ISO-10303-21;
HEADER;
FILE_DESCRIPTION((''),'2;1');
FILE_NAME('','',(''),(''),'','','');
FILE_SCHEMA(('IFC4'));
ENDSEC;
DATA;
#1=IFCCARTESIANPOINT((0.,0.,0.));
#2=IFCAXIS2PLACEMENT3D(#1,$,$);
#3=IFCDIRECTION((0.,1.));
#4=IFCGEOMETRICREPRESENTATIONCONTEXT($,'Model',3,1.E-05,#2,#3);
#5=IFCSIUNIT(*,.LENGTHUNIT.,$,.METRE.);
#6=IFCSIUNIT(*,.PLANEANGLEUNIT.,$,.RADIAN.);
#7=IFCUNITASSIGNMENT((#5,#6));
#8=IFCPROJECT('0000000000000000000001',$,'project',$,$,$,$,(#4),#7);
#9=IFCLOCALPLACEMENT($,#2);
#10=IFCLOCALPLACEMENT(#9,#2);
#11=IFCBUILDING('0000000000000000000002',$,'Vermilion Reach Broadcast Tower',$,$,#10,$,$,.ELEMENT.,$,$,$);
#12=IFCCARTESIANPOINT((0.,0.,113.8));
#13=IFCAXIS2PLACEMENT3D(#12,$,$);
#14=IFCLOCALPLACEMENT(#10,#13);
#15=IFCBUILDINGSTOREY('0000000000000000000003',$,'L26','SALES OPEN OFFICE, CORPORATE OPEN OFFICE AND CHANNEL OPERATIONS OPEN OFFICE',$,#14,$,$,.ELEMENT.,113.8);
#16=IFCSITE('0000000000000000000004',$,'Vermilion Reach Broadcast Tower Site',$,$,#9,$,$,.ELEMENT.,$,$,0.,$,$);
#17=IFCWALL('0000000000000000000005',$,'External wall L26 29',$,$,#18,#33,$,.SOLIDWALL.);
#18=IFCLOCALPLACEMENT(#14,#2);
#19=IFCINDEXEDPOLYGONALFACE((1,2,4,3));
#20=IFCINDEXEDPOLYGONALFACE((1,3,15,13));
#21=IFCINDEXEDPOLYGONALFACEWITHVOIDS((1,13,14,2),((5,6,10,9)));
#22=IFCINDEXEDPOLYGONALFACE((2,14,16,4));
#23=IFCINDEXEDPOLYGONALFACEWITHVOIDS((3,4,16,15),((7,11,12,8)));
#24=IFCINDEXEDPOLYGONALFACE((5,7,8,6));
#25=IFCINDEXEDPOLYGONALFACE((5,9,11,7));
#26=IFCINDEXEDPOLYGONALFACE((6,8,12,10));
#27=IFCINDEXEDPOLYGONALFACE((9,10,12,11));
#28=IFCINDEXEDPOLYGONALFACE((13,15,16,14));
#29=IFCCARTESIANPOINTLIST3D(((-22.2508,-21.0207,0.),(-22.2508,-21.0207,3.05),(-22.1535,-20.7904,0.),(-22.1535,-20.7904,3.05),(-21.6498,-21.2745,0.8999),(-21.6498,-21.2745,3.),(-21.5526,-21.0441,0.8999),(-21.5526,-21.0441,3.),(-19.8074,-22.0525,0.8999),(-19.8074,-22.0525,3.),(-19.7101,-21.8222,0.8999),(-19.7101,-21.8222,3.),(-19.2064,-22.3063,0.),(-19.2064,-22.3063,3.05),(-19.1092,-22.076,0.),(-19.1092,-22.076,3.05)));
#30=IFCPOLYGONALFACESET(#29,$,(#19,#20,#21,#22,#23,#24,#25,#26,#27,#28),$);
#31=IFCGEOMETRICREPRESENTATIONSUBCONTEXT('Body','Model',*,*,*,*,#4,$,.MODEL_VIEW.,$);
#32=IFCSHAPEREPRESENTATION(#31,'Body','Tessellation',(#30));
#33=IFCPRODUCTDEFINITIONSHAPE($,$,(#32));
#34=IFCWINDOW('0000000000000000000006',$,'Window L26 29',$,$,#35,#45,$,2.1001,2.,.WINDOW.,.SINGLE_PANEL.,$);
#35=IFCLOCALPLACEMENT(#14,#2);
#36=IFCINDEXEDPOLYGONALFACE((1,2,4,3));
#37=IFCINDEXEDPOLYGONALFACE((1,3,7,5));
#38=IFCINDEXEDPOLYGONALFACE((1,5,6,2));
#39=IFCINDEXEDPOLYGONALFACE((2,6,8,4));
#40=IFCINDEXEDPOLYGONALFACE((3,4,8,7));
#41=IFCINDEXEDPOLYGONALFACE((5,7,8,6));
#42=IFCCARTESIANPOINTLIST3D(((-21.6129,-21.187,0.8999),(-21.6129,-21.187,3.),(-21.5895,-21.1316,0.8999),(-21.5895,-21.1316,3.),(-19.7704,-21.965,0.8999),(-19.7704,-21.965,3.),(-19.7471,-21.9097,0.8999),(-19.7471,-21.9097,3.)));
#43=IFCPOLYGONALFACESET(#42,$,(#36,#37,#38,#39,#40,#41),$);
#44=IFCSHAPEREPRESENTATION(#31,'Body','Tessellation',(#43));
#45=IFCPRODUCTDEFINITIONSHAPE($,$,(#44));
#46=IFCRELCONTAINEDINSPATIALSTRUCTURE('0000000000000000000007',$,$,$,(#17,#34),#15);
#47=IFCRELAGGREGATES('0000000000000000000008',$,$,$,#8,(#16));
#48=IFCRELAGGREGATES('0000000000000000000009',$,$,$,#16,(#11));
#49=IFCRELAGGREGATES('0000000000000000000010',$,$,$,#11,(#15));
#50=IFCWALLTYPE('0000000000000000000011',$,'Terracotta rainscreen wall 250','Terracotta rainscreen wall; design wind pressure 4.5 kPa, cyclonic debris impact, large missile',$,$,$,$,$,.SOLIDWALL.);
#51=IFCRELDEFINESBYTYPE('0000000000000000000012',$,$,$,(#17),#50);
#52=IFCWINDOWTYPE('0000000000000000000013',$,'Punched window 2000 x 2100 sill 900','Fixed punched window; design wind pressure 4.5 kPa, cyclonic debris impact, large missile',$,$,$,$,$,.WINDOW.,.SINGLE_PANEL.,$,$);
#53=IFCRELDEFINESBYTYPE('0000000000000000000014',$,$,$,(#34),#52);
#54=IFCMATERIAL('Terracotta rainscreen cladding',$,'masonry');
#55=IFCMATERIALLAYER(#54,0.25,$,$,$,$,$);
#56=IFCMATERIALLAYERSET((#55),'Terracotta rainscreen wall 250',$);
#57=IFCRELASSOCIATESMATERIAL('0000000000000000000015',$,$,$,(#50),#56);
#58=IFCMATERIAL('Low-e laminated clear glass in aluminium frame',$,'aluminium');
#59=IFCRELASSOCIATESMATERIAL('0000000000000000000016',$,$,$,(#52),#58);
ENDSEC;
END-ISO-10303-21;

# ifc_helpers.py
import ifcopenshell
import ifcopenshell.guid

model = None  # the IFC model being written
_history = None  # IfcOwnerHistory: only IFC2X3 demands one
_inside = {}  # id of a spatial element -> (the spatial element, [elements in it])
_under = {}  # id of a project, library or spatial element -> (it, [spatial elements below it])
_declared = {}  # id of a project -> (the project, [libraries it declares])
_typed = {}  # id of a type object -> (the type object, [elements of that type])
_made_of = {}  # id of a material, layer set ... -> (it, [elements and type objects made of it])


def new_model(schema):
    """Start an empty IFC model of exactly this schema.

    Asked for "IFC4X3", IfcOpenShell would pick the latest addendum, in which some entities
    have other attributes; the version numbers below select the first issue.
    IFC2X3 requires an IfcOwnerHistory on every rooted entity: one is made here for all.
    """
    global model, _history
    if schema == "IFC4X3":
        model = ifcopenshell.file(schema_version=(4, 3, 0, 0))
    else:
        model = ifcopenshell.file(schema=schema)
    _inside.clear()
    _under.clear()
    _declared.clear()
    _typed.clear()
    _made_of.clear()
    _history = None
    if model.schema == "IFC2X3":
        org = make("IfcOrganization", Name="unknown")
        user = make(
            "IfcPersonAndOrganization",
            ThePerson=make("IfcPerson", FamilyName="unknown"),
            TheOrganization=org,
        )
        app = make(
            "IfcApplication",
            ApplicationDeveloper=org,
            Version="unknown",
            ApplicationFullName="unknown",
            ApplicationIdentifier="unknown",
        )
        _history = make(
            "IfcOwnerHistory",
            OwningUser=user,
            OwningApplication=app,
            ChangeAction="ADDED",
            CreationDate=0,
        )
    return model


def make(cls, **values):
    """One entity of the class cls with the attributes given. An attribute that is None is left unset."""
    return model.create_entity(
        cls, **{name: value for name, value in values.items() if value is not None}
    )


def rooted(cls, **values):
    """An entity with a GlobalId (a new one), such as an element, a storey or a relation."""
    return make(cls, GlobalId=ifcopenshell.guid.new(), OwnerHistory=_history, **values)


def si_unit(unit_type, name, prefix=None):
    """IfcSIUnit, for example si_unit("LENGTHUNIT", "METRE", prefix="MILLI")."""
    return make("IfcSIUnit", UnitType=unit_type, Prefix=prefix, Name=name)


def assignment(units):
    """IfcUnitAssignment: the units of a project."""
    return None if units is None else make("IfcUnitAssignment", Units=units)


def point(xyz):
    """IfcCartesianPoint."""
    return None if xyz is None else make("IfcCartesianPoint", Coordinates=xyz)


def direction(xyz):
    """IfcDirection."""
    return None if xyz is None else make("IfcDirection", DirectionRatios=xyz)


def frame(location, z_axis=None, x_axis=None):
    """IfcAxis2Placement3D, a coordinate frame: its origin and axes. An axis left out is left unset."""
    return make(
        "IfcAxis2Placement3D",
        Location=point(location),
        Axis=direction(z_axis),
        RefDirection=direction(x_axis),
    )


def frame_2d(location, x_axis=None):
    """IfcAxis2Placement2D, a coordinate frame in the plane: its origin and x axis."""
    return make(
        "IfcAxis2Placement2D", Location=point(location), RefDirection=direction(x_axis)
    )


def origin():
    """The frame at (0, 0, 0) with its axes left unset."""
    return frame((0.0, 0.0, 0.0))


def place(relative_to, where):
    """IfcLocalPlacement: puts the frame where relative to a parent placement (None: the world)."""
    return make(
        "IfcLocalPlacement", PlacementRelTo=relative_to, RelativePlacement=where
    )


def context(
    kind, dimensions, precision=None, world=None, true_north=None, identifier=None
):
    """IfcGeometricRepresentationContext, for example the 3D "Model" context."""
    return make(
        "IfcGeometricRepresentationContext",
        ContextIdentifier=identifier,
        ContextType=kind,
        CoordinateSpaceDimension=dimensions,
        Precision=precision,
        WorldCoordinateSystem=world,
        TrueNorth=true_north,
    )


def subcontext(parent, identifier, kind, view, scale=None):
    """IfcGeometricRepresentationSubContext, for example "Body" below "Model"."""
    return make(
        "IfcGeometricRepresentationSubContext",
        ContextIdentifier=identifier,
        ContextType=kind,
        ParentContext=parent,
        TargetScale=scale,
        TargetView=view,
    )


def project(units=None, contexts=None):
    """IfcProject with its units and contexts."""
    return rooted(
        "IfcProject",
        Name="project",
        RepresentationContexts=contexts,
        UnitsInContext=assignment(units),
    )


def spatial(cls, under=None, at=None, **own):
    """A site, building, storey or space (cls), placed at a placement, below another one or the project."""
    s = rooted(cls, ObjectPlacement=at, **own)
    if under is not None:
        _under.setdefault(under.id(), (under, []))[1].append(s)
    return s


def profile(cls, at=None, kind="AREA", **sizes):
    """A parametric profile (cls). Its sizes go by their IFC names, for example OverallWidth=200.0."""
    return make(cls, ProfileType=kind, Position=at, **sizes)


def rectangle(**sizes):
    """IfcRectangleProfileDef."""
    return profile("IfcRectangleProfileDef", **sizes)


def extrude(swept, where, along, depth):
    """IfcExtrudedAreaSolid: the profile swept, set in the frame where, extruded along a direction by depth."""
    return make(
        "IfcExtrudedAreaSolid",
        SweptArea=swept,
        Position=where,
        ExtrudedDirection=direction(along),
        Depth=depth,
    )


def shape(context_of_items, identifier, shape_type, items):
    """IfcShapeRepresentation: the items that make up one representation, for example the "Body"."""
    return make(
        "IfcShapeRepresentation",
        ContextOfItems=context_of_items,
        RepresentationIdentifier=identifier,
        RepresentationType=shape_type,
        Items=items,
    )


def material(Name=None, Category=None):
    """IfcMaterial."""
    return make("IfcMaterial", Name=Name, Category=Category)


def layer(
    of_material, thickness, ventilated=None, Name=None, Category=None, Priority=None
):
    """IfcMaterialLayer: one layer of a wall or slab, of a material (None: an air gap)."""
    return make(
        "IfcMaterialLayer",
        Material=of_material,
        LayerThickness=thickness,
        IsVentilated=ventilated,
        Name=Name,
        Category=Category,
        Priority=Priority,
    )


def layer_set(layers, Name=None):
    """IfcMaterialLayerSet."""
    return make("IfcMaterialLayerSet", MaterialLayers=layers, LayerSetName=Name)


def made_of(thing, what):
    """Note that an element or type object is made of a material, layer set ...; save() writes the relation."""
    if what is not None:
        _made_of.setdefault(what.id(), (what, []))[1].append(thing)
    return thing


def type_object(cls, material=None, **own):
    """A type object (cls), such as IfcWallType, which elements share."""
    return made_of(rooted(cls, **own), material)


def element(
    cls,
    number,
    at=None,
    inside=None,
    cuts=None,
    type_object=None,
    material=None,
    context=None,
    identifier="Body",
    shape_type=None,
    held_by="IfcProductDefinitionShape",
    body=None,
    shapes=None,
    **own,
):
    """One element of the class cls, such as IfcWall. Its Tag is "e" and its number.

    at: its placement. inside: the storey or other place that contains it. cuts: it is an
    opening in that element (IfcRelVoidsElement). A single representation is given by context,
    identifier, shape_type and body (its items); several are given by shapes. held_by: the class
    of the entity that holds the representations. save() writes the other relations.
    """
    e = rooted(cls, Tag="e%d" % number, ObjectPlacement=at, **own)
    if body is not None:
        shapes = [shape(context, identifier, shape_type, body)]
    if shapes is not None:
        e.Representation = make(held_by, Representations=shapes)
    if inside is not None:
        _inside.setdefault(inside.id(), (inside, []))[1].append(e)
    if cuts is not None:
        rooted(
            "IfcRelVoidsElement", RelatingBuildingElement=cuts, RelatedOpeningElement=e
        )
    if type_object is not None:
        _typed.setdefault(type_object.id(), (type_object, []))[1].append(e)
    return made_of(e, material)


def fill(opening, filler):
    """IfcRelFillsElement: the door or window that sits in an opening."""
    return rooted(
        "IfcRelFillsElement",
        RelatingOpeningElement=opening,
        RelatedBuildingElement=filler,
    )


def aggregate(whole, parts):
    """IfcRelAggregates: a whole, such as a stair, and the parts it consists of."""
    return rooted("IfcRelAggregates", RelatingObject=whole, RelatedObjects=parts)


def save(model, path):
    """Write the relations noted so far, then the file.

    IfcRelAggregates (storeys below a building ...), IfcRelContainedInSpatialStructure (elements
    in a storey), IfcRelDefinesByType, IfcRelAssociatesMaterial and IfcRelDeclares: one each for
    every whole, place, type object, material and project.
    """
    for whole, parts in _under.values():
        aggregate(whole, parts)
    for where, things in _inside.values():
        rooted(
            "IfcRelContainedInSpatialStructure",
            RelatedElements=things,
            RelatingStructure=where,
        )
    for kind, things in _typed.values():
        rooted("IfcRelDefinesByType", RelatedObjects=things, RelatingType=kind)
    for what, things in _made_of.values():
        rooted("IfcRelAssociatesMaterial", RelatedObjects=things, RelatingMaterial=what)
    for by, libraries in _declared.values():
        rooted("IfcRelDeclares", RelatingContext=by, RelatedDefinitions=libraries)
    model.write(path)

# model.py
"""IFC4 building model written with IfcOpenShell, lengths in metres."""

from ifc_helpers import new_model, si_unit, direction, frame, frame_2d, origin, place, context, subcontext, project, spatial, rectangle, extrude, material, layer, layer_set, type_object, element, fill, save


model = new_model("IFC4")

# Units and contexts
model_context = context("Model", 3, precision=1e-05, world=origin(), true_north=direction((0.0, 1.0)))
body_context = subcontext(model_context, "Body", "Model", "MODEL_VIEW")
ifc_project = project(units=[si_unit("LENGTHUNIT", "METRE"), si_unit("PLANEANGLEUNIT", "RADIAN")], contexts=[model_context])

# Site, building, storey
site_placement = place(None, origin())
site = spatial("IfcSite", under=ifc_project, at=site_placement, Name="Vermilion Reach Broadcast Tower Site", CompositionType="ELEMENT", RefElevation=0.0)
building_placement = place(site_placement, origin())
building = spatial("IfcBuilding", under=site, at=building_placement, Name="Vermilion Reach Broadcast Tower", CompositionType="ELEMENT")
storey_placement = place(building_placement, frame((0.0, 0.0, 113.8)))
storey = spatial("IfcBuildingStorey", under=building, at=storey_placement, Name="L26", Description="SALES OPEN OFFICE, CORPORATE OPEN OFFICE AND CHANNEL OPERATIONS OPEN OFFICE", CompositionType="ELEMENT", Elevation=113.8)

# Shared definitions
ifc_material_1 = material(Name="Terracotta rainscreen cladding", Category="masonry")
ifc_layer_1 = layer(ifc_material_1, 0.25)
ifc_layer_set_1 = layer_set([ifc_layer_1], Name="Terracotta rainscreen wall 250")
wall_type = type_object("IfcWallType", Name="Terracotta rainscreen wall 250", Description="Terracotta rainscreen wall; design wind pressure 4.5 kPa, cyclonic debris impact, large missile", PredefinedType="SOLIDWALL", material=ifc_layer_set_1)

# Wall, opening, window
ifc_material_2 = material(Name="Low-e laminated clear glass in aluminium frame", Category="aluminium")
window_type = type_object("IfcWindowType", Name="Punched window 2000 x 2100 sill 900", Description="Fixed punched window; design wind pressure 4.5 kPa, cyclonic debris impact, large missile", PartitioningType="SINGLE_PANEL", PredefinedType="WINDOW", material=ifc_material_2)
wall_1_placement = place(storey_placement, frame((-22.2021, -20.9055, 0.0), z_axis=(0.0, 0.0, 1.0), x_axis=(0.921226, -0.389028, 0.0)))
wall_1 = element("IfcWall", 1, at=wall_1_placement, inside=storey, type_object=wall_type, Name="External wall L26 29", PredefinedType="SOLIDWALL", context=body_context, shape_type="SweptSolid", body=[
    extrude(rectangle(XDim=3.3047, YDim=0.25, at=frame_2d((1.6523, 0.0))), origin(), (0.0, 0.0, 1.0), 3.05),
])
opening_1_placement = place(wall_1_placement, frame((0.6523, 0.0, 0.8999)))
opening_1 = element("IfcOpeningElement", 2, at=opening_1_placement, cuts=wall_1, PredefinedType="OPENING", context=body_context, shape_type="SweptSolid", body=[
    extrude(rectangle(XDim=2.0, YDim=2.1001, at=frame_2d((1.0, 1.05))), frame((0.0, 0.135, 0.0), z_axis=(0.0, -1.0, 0.0), x_axis=(1.0, 0.0, 0.0)), (0.0, 0.0, 1.0), 0.27),
])
window_1_placement = place(opening_1_placement, origin())
window_1 = element("IfcWindow", 3, at=window_1_placement, inside=storey, type_object=window_type, Name="Window L26 29", OverallHeight=2.1001, OverallWidth=2.0, PartitioningType="SINGLE_PANEL", PredefinedType="WINDOW", context=body_context, shape_type="SweptSolid", body=[
    extrude(rectangle(XDim=2.0, YDim=2.1001, at=frame_2d((1.0, 1.05))), frame((0.0, 0.03, 0.0), z_axis=(0.0, -1.0, 0.0), x_axis=(1.0, 0.0, 0.0)), (0.0, 0.0, 1.0), 0.0601),
])
fill(opening_1, window_1)

save(model, "model.ifc")
